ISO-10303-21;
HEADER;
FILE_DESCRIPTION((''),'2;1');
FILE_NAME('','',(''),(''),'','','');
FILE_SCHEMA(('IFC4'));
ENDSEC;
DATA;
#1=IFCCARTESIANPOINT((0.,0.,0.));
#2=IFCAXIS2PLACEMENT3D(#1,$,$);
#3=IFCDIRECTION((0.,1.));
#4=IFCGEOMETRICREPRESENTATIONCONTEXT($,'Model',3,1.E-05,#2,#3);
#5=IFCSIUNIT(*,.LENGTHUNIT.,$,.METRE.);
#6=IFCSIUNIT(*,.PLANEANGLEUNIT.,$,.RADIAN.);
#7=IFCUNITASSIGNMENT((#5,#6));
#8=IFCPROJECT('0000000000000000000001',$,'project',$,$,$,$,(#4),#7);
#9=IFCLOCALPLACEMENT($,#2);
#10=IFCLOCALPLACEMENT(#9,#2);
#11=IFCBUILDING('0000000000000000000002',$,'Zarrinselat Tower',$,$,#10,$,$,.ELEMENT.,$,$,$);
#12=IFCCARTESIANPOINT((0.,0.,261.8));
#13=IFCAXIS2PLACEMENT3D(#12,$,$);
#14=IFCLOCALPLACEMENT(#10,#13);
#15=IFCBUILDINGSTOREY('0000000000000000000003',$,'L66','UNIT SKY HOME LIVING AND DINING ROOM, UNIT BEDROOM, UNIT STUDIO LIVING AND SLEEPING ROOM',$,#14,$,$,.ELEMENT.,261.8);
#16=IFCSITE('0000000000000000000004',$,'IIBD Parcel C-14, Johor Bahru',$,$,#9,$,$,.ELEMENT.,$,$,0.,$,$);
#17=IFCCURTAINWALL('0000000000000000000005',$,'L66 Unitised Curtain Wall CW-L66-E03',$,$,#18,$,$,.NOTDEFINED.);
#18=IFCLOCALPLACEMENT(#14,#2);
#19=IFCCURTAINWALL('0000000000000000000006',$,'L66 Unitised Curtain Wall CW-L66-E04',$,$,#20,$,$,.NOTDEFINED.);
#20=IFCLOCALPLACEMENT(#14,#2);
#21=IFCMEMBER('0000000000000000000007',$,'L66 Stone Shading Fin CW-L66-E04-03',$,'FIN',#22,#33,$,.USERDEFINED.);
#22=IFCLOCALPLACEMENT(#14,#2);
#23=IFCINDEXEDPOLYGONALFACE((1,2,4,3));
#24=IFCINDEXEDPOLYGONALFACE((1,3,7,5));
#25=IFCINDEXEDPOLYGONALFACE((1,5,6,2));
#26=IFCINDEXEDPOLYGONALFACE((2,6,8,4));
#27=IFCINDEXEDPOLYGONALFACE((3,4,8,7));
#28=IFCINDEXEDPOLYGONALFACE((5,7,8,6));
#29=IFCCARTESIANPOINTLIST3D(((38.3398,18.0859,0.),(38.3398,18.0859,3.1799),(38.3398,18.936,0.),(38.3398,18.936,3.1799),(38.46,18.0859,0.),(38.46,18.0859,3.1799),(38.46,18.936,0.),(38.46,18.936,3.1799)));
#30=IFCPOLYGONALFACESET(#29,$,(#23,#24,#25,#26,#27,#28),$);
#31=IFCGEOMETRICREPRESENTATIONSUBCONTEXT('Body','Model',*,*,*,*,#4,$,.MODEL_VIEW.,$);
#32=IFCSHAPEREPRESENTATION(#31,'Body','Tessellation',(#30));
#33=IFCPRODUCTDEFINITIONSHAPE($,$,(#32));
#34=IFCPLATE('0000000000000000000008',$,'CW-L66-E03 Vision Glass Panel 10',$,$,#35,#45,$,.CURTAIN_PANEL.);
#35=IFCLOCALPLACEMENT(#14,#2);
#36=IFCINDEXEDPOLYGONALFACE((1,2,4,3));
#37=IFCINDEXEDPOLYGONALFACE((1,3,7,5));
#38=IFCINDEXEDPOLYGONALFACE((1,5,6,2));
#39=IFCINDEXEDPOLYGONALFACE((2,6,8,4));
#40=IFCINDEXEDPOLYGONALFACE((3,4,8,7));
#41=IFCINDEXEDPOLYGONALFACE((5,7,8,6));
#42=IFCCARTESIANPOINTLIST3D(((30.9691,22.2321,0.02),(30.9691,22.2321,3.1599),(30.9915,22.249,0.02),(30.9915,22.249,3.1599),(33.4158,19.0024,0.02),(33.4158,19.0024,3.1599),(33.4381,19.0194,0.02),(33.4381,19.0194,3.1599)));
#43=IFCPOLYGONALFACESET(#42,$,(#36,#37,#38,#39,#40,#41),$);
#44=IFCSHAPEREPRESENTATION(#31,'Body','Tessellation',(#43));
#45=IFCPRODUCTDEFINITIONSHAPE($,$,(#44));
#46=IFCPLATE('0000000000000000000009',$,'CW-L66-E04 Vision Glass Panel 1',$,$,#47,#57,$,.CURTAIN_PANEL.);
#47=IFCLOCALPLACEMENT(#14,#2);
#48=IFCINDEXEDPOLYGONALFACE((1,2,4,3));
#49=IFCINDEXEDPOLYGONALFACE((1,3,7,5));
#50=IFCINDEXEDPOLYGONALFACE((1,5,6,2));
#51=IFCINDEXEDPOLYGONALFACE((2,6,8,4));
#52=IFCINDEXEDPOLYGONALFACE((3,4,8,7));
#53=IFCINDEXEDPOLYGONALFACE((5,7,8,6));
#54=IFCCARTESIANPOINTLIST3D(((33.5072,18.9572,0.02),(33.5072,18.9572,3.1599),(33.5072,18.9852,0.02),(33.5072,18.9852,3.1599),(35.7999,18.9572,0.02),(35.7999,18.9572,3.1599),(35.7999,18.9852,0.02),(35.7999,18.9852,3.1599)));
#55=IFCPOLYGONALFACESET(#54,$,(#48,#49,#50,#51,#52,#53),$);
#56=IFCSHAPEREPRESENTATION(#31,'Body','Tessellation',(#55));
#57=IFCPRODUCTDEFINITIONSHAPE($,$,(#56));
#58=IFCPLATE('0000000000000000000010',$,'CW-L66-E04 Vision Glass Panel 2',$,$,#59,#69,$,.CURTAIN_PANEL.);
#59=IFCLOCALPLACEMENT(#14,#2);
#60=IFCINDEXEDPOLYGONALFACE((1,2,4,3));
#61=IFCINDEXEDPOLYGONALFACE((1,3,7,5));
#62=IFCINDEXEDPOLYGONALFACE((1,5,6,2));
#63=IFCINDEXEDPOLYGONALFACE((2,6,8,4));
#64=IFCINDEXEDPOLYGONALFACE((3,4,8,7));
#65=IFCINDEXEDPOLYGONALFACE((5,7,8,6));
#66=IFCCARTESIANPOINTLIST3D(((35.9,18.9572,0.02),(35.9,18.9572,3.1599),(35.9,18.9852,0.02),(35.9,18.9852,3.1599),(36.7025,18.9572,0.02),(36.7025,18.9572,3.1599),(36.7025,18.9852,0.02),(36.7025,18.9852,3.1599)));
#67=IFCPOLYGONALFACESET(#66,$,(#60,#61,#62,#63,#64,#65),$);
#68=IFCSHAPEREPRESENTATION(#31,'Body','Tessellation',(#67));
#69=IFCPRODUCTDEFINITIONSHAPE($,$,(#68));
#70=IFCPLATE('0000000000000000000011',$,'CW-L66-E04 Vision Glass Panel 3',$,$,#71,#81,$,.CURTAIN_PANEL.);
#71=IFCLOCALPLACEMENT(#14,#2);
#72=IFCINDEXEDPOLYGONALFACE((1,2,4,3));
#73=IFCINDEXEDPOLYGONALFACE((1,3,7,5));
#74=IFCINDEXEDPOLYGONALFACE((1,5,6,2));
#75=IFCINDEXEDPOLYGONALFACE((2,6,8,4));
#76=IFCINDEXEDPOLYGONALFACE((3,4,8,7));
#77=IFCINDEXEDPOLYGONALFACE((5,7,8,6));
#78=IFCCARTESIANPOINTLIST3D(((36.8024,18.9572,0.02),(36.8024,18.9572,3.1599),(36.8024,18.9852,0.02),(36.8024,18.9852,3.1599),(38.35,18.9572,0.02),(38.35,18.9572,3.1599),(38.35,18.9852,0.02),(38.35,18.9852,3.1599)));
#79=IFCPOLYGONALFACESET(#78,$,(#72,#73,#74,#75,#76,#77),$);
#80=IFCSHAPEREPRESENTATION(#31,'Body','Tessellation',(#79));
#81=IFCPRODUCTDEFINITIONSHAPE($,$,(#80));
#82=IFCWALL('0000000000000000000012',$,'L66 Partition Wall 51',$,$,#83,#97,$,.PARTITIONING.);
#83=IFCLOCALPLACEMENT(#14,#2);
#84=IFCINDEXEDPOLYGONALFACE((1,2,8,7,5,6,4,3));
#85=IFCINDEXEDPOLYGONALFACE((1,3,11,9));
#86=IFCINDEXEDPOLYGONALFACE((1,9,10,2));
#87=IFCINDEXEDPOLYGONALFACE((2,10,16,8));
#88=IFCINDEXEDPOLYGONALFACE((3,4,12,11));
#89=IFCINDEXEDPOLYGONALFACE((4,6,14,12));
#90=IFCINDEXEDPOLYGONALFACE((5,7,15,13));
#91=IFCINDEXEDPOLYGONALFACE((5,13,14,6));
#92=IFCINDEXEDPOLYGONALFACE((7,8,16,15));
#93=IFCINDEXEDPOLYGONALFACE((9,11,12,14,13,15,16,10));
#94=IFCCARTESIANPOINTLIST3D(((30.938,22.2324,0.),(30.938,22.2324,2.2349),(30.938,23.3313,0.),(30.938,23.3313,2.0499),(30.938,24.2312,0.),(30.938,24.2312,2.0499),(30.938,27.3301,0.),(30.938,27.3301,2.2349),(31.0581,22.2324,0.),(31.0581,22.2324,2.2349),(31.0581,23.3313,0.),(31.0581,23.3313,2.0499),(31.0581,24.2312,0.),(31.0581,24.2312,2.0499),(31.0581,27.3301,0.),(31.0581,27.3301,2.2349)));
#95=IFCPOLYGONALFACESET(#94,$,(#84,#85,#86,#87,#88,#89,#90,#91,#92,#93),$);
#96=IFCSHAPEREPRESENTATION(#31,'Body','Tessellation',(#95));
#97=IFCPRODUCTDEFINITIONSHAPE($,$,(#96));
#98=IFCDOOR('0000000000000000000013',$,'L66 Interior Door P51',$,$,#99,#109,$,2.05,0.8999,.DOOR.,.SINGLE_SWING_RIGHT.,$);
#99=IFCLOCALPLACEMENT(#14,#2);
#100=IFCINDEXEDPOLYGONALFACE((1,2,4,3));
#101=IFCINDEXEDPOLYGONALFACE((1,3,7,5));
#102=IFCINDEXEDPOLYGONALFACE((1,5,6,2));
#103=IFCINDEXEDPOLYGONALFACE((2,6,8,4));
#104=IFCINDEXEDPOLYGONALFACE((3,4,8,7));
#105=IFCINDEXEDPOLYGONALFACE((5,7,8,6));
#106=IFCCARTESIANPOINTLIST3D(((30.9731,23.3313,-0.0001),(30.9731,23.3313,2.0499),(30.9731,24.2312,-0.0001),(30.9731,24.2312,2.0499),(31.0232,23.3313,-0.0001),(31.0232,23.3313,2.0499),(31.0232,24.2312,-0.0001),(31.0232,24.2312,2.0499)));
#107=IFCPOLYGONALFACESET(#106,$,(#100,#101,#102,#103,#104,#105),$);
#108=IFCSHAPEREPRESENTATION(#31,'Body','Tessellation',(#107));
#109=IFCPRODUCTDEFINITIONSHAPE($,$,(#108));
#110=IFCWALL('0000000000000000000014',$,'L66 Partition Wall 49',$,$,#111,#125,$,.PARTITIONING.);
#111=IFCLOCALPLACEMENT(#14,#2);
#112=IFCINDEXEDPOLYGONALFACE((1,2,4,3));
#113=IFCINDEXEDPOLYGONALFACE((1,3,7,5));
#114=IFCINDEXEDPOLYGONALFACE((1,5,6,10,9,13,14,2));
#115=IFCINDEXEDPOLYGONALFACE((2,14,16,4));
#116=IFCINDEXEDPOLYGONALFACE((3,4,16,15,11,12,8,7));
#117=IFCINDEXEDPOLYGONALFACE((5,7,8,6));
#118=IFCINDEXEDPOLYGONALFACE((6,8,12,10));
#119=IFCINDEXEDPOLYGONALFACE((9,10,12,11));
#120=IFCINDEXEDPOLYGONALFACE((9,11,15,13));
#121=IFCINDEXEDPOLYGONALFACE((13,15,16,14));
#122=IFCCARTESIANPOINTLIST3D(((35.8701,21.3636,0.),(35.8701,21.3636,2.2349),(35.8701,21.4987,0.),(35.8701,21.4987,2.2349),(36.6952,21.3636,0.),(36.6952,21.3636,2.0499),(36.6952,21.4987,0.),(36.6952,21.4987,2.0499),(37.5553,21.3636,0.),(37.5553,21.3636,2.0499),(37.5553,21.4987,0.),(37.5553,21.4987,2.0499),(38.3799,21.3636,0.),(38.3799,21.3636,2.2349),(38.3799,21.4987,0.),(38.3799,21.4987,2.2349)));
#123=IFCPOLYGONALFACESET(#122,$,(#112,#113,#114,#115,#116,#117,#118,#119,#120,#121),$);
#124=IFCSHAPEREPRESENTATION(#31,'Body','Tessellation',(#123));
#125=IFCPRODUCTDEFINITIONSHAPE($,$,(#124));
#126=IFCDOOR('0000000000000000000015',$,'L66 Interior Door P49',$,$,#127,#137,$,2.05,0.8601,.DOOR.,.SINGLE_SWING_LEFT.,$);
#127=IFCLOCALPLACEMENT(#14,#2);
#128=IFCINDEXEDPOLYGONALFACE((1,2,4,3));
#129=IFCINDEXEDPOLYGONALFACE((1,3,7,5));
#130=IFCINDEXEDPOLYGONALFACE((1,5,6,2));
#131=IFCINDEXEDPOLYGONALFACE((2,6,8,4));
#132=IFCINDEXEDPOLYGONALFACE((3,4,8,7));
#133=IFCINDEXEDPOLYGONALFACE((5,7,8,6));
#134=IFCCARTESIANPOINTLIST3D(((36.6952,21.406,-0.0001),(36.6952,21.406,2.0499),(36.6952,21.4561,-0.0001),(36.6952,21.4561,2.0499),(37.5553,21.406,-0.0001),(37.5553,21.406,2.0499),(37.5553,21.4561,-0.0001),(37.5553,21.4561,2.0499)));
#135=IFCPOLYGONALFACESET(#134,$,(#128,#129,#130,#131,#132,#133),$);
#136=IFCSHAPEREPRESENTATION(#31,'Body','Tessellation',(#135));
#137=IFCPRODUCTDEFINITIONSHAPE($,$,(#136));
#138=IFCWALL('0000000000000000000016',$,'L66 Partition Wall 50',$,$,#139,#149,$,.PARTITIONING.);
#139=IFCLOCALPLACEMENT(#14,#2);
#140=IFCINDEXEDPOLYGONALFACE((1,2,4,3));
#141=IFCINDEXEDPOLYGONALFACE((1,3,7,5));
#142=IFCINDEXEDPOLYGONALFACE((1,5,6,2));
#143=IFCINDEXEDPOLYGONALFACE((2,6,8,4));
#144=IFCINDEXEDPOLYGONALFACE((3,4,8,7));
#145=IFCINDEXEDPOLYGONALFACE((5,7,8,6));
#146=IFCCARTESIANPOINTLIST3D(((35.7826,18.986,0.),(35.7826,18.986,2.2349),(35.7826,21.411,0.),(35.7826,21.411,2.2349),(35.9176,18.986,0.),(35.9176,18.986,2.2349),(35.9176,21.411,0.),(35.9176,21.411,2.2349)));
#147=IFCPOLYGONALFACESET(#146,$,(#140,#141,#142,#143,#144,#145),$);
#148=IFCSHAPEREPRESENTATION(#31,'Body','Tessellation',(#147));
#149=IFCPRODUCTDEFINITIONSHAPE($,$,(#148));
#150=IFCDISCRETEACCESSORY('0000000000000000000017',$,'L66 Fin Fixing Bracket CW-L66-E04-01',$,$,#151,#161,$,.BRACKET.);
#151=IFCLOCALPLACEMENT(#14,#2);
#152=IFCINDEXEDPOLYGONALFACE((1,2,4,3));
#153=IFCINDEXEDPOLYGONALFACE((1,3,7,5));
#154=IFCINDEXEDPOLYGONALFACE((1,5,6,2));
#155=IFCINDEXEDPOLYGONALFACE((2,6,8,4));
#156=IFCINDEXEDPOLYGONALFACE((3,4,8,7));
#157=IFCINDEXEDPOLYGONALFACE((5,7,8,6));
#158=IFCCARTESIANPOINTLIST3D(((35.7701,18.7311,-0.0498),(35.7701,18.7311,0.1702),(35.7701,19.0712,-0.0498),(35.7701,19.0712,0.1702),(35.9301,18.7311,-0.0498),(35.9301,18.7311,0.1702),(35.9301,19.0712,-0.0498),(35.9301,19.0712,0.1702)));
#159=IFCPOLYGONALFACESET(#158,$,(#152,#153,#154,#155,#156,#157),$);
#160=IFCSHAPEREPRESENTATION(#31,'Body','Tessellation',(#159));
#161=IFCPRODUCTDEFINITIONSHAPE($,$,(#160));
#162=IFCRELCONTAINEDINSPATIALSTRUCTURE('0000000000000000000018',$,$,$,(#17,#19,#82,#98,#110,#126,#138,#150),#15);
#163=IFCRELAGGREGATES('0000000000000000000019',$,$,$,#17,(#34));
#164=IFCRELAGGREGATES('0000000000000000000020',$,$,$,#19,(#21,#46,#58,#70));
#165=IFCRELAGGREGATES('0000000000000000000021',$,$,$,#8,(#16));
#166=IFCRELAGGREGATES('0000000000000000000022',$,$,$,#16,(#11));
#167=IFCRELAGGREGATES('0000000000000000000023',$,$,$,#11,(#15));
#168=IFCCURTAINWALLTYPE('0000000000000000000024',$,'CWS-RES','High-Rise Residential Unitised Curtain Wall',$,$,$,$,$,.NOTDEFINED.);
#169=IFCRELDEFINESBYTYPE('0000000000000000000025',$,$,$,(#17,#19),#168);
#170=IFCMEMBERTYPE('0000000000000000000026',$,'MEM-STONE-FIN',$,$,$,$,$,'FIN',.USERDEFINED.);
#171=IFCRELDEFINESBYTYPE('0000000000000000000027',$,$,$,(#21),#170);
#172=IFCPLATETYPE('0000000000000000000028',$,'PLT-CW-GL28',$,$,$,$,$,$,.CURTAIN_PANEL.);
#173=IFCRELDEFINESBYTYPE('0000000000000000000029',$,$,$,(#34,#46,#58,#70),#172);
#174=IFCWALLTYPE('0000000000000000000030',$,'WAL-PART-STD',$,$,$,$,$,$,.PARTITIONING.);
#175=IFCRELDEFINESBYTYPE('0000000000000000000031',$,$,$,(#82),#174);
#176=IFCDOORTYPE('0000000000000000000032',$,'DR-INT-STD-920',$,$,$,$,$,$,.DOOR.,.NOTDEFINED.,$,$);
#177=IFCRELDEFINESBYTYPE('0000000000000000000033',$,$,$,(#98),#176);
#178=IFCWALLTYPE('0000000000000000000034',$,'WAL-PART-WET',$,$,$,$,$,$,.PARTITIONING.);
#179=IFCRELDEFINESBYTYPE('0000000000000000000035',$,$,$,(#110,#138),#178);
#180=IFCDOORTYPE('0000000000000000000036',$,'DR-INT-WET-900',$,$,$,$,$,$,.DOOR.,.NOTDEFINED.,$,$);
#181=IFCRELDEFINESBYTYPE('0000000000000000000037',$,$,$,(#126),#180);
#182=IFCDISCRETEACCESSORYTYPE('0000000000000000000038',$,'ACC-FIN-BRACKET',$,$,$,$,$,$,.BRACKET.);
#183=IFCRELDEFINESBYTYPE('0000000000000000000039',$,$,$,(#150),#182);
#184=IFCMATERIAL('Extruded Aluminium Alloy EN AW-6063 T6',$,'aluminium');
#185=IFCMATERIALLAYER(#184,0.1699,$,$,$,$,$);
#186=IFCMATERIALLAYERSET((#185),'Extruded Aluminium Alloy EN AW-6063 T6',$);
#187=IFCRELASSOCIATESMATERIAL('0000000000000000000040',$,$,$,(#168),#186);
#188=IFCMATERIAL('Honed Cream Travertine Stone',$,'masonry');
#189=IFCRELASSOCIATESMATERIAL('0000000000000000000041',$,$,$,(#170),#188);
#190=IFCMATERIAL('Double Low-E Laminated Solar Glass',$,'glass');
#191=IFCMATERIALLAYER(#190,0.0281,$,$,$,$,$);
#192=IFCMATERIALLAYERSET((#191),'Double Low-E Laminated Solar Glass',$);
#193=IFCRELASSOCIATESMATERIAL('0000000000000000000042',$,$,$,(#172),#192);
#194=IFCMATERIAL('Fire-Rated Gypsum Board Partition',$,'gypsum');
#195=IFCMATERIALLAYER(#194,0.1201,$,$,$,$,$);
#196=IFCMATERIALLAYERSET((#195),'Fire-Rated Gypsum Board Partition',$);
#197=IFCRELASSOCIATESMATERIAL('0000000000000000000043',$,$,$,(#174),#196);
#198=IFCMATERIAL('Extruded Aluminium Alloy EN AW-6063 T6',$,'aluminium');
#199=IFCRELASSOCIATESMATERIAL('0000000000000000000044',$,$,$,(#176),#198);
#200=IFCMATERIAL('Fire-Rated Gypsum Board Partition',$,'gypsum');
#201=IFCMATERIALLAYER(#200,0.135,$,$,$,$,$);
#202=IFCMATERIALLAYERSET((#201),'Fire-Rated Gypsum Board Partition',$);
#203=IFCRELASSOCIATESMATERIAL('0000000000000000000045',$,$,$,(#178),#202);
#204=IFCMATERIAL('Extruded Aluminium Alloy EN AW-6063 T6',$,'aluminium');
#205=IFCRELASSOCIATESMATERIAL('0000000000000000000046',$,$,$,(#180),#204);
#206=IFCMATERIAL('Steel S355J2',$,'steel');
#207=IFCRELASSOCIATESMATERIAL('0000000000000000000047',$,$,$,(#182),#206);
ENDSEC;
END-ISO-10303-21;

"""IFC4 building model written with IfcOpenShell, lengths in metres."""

from ifc_helpers import new_model, si_unit, direction, frame, frame_2d, origin, origin_2d, place, context, subcontext, project, spatial, rectangle, extrude, material, layer, layer_set, material_profile, profile_set, type_object, element, fill, aggregate, save


model = new_model("IFC4")

# Units and contexts
model_context = context("Model", 3, precision=1e-05, world=origin(), true_north=direction((0.0, 1.0)))
body_context = subcontext(model_context, "Body", "Model", "MODEL_VIEW")
ifc_project = project(units=[si_unit("LENGTHUNIT", "METRE"), si_unit("PLANEANGLEUNIT", "RADIAN")], contexts=[model_context])

# Site, building, storey
site_placement = place(None, origin())
site = spatial("IfcSite", under=ifc_project, at=site_placement, Name="IIBD Parcel C-14, Johor Bahru", CompositionType="ELEMENT", RefElevation=0.0)
building_placement = place(site_placement, origin())
building = spatial("IfcBuilding", under=site, at=building_placement, Name="Zarrinselat Tower", CompositionType="ELEMENT")
storey_placement = place(building_placement, frame((0.0, 0.0, 261.8)))
storey = spatial("IfcBuildingStorey", under=building, at=storey_placement, Name="L66", Description="UNIT SKY HOME LIVING AND DINING ROOM, UNIT BEDROOM, UNIT STUDIO LIVING AND SLEEPING ROOM", CompositionType="ELEMENT", Elevation=261.8)

# Curtain wall
ifc_material_1 = material(Name="Extruded Aluminium Alloy EN AW-6063 T6", Category="aluminium")
ifc_layer_1 = layer(ifc_material_1, 0.1699)
ifc_layer_set_1 = layer_set([ifc_layer_1], Name="Extruded Aluminium Alloy EN AW-6063 T6")
curtain_wall_type = type_object("IfcCurtainWallType", Name="CWS-RES", Description="High-Rise Residential Unitised Curtain Wall", PredefinedType="NOTDEFINED", material=ifc_layer_set_1)
curtain_wall_1_placement = place(storey_placement, origin())
curtain_wall_1 = element("IfcCurtainWall", 1, at=curtain_wall_1_placement, inside=storey, type_object=curtain_wall_type, Name="L66 Unitised Curtain Wall CW-L66-E03", PredefinedType="NOTDEFINED")

# Curtain wall
curtain_wall_2_placement = place(storey_placement, origin())
curtain_wall_2 = element("IfcCurtainWall", 2, at=curtain_wall_2_placement, inside=storey, type_object=curtain_wall_type, Name="L66 Unitised Curtain Wall CW-L66-E04", PredefinedType="NOTDEFINED")

# Member
ifc_material_2 = material(Name="Honed Cream Travertine Stone", Category="masonry")
ifc_material_profile_1 = material_profile(ifc_material_2, rectangle(XDim=0.1201, YDim=0.8501, at=origin_2d()), Name="FIN 850x120")
ifc_profile_set_1 = profile_set([ifc_material_profile_1], Name="Honed Cream Travertine Stone")
member_type_1 = type_object("IfcMemberType", Name="MEM-STONE-FIN", ElementType="FIN", PredefinedType="USERDEFINED", material=ifc_profile_set_1)
member_1_placement = place(storey_placement, frame((38.3999, 18.511, 0.0), z_axis=(0.0, 0.0, 1.0), x_axis=(-1.0, 0.0, 0.0)))
member_1 = element("IfcMember", 3, at=member_1_placement, type_object=member_type_1, Name="L66 Stone Shading Fin CW-L66-E04-03", ObjectType="FIN", PredefinedType="USERDEFINED", context=body_context, shape_type="SweptSolid", body=[
    extrude(rectangle(XDim=0.1201, YDim=0.8501, at=origin_2d()), origin(), (0.0, 0.0, 1.0), 3.1799),
])

# Plates
ifc_material_3 = material(Name="Double Low-E Laminated Solar Glass", Category="glass")
ifc_layer_2 = layer(ifc_material_3, 0.0281)
ifc_layer_set_2 = layer_set([ifc_layer_2], Name="Double Low-E Laminated Solar Glass")
plate_type = type_object("IfcPlateType", Name="PLT-CW-GL28", PredefinedType="CURTAIN_PANEL", material=ifc_layer_set_2)
plate_1_placement = place(storey_placement, frame((32.2036, 20.6257, 0.02), z_axis=(0.0, 0.0, 1.0), x_axis=(0.603858, -0.797092, 0.0)))
plate_1 = element("IfcPlate", 4, at=plate_1_placement, type_object=plate_type, Name="CW-L66-E03 Vision Glass Panel 10", PredefinedType="CURTAIN_PANEL", context=body_context, shape_type="SweptSolid", body=[
    extrude(rectangle(XDim=4.0518, YDim=0.0281, at=origin_2d()), origin(), (0.0, 0.0, 1.0), 3.1399),
])
aggregate(curtain_wall_1, [plate_1])
plate_2_placement = place(storey_placement, frame((34.6536, 18.9712, 0.02), z_axis=(0.0, 0.0, 1.0), x_axis=(1.0, 0.0, 0.0)))
plate_2 = element("IfcPlate", 5, at=plate_2_placement, type_object=plate_type, Name="CW-L66-E04 Vision Glass Panel 1", PredefinedType="CURTAIN_PANEL", context=body_context, shape_type="SweptSolid", body=[
    extrude(rectangle(XDim=2.2927, YDim=0.0281, at=origin_2d()), origin(), (0.0, 0.0, 1.0), 3.1399),
])
plate_3_placement = place(storey_placement, frame((36.3013, 18.9712, 0.02), z_axis=(0.0, 0.0, 1.0), x_axis=(1.0, 0.0, 0.0)))
plate_3 = element("IfcPlate", 6, at=plate_3_placement, type_object=plate_type, Name="CW-L66-E04 Vision Glass Panel 2", PredefinedType="CURTAIN_PANEL", context=body_context, shape_type="SweptSolid", body=[
    extrude(rectangle(XDim=0.8025, YDim=0.0281, at=origin_2d()), origin(), (0.0, 0.0, 1.0), 3.1399),
])
plate_4_placement = place(storey_placement, frame((37.5762, 18.9712, 0.02), z_axis=(0.0, 0.0, 1.0), x_axis=(1.0, 0.0, 0.0)))
plate_4 = element("IfcPlate", 7, at=plate_4_placement, type_object=plate_type, Name="CW-L66-E04 Vision Glass Panel 3", PredefinedType="CURTAIN_PANEL", context=body_context, shape_type="SweptSolid", body=[
    extrude(rectangle(XDim=1.5476, YDim=0.0281, at=origin_2d()), origin(), (0.0, 0.0, 1.0), 3.1399),
])
aggregate(curtain_wall_2, [member_1, plate_2, plate_3, plate_4])

# Walls, openings, doors
ifc_material_4 = material(Name="Fire-Rated Gypsum Board Partition", Category="gypsum")
ifc_layer_3 = layer(ifc_material_4, 0.1201)
ifc_layer_set_3 = layer_set([ifc_layer_3], Name="Fire-Rated Gypsum Board Partition")
wall_type_1 = type_object("IfcWallType", Name="WAL-PART-STD", PredefinedType="PARTITIONING", material=ifc_layer_set_3)
wall_1_placement = place(storey_placement, frame((30.998, 22.2324, 0.0), z_axis=(0.0, 0.0, 1.0), x_axis=(0.0, 1.0, 0.0)))
wall_1 = element("IfcWall", 8, at=wall_1_placement, inside=storey, type_object=wall_type_1, Name="L66 Partition Wall 51", PredefinedType="PARTITIONING", context=body_context, shape_type="SweptSolid", body=[
    extrude(rectangle(XDim=5.0977, YDim=0.1201, at=frame_2d((2.5488, 0.0))), origin(), (0.0, 0.0, 1.0), 2.2349),
])
opening_1_placement = place(wall_1_placement, frame((1.0989, 0.0, 0.0)))
opening_1 = element("IfcOpeningElement", 9, at=opening_1_placement, cuts=wall_1, PredefinedType="OPENING", context=body_context, shape_type="SweptSolid", body=[
    extrude(rectangle(XDim=0.8999, YDim=2.05, at=frame_2d((0.45, 1.0249))), frame((0.0, 0.0701, 0.0), z_axis=(0.0, -1.0, 0.0), x_axis=(1.0, 0.0, 0.0)), (0.0, 0.0, 1.0), 0.1401),
])
ifc_material_5 = material(Name="Extruded Aluminium Alloy EN AW-6063 T6", Category="aluminium")
door_type_1 = type_object("IfcDoorType", Name="DR-INT-STD-920", OperationType="NOTDEFINED", PredefinedType="DOOR", material=ifc_material_5)
door_1_placement = place(opening_1_placement, origin())
door_1 = element("IfcDoor", 10, at=door_1_placement, inside=storey, type_object=door_type_1, Name="L66 Interior Door P51", OperationType="SINGLE_SWING_RIGHT", OverallHeight=2.05, OverallWidth=0.8999, PredefinedType="DOOR", context=body_context, shape_type="SweptSolid", body=[
    extrude(rectangle(XDim=0.8999, YDim=2.05, at=frame_2d((0.45, 1.0249))), frame((0.0, 0.0249, 0.0), z_axis=(0.0, -1.0, 0.0), x_axis=(1.0, 0.0, 0.0)), (0.0, 0.0, 1.0), 0.05),
])
fill(opening_1, door_1)
ifc_material_6 = material(Name="Fire-Rated Gypsum Board Partition", Category="gypsum")
ifc_layer_4 = layer(ifc_material_6, 0.135)
ifc_layer_set_4 = layer_set([ifc_layer_4], Name="Fire-Rated Gypsum Board Partition")
wall_type_2 = type_object("IfcWallType", Name="WAL-PART-WET", PredefinedType="PARTITIONING", material=ifc_layer_set_4)
wall_2_placement = place(storey_placement, frame((35.8701, 21.4312, 0.0), z_axis=(0.0, 0.0, 1.0), x_axis=(1.0, 0.0, 0.0)))
wall_2 = element("IfcWall", 11, at=wall_2_placement, inside=storey, type_object=wall_type_2, Name="L66 Partition Wall 49", PredefinedType="PARTITIONING", context=body_context, shape_type="SweptSolid", body=[
    extrude(rectangle(XDim=2.5098, YDim=0.135, at=frame_2d((1.2549, 0.0))), origin(), (0.0, 0.0, 1.0), 2.2349),
])
opening_2_placement = place(wall_2_placement, frame((0.825, 0.0, 0.0)))
opening_2 = element("IfcOpeningElement", 12, at=opening_2_placement, cuts=wall_2, PredefinedType="OPENING", context=body_context, shape_type="SweptSolid", body=[
    extrude(rectangle(XDim=0.8601, YDim=2.05, at=frame_2d((0.4302, 1.0249))), frame((0.0, 0.0774, 0.0), z_axis=(0.0, -1.0, 0.0), x_axis=(1.0, 0.0, 0.0)), (0.0, 0.0, 1.0), 0.155),
])
ifc_material_7 = material(Name="Extruded Aluminium Alloy EN AW-6063 T6", Category="aluminium")
door_type_2 = type_object("IfcDoorType", Name="DR-INT-WET-900", OperationType="NOTDEFINED", PredefinedType="DOOR", material=ifc_material_7)
door_2_placement = place(opening_2_placement, origin())
door_2 = element("IfcDoor", 13, at=door_2_placement, inside=storey, type_object=door_type_2, Name="L66 Interior Door P49", OperationType="SINGLE_SWING_LEFT", OverallHeight=2.05, OverallWidth=0.8601, PredefinedType="DOOR", context=body_context, shape_type="SweptSolid", body=[
    extrude(rectangle(XDim=0.8601, YDim=2.05, at=frame_2d((0.4302, 1.0249))), frame((0.0, 0.0249, 0.0), z_axis=(0.0, -1.0, 0.0), x_axis=(1.0, 0.0, 0.0)), (0.0, 0.0, 1.0), 0.05),
])
fill(opening_2, door_2)

# Wall
wall_3_placement = place(storey_placement, frame((35.8501, 18.9861, 0.0), z_axis=(0.0, 0.0, 1.0), x_axis=(0.0, 1.0, 0.0)))
element("IfcWall", 14, at=wall_3_placement, inside=storey, type_object=wall_type_2, Name="L66 Partition Wall 50", PredefinedType="PARTITIONING", context=body_context, shape_type="SweptSolid", body=[
    extrude(rectangle(XDim=2.425, YDim=0.135, at=frame_2d((1.2124, 0.0))), origin(), (0.0, 0.0, 1.0), 2.2349),
])

# Discrete accessory
ifc_material_8 = material(Name="Steel S355J2", Category="steel")
discrete_accessory_type = type_object("IfcDiscreteAccessoryType", Name="ACC-FIN-BRACKET", PredefinedType="BRACKET", material=ifc_material_8)
discrete_accessory_placement = place(storey_placement, frame((35.8501, 18.9011, -0.0498), z_axis=(0.0, 0.0, 1.0), x_axis=(0.0, -1.0, 0.0)))
element("IfcDiscreteAccessory", 15, at=discrete_accessory_placement, inside=storey, type_object=discrete_accessory_type, Name="L66 Fin Fixing Bracket CW-L66-E04-01", PredefinedType="BRACKET", context=body_context, shape_type="SweptSolid", body=[
    extrude(rectangle(XDim=0.3401, YDim=0.1599, at=origin_2d()), origin(), (0.0, 0.0, 1.0), 0.22),
])

save(model, "model.ifc")
